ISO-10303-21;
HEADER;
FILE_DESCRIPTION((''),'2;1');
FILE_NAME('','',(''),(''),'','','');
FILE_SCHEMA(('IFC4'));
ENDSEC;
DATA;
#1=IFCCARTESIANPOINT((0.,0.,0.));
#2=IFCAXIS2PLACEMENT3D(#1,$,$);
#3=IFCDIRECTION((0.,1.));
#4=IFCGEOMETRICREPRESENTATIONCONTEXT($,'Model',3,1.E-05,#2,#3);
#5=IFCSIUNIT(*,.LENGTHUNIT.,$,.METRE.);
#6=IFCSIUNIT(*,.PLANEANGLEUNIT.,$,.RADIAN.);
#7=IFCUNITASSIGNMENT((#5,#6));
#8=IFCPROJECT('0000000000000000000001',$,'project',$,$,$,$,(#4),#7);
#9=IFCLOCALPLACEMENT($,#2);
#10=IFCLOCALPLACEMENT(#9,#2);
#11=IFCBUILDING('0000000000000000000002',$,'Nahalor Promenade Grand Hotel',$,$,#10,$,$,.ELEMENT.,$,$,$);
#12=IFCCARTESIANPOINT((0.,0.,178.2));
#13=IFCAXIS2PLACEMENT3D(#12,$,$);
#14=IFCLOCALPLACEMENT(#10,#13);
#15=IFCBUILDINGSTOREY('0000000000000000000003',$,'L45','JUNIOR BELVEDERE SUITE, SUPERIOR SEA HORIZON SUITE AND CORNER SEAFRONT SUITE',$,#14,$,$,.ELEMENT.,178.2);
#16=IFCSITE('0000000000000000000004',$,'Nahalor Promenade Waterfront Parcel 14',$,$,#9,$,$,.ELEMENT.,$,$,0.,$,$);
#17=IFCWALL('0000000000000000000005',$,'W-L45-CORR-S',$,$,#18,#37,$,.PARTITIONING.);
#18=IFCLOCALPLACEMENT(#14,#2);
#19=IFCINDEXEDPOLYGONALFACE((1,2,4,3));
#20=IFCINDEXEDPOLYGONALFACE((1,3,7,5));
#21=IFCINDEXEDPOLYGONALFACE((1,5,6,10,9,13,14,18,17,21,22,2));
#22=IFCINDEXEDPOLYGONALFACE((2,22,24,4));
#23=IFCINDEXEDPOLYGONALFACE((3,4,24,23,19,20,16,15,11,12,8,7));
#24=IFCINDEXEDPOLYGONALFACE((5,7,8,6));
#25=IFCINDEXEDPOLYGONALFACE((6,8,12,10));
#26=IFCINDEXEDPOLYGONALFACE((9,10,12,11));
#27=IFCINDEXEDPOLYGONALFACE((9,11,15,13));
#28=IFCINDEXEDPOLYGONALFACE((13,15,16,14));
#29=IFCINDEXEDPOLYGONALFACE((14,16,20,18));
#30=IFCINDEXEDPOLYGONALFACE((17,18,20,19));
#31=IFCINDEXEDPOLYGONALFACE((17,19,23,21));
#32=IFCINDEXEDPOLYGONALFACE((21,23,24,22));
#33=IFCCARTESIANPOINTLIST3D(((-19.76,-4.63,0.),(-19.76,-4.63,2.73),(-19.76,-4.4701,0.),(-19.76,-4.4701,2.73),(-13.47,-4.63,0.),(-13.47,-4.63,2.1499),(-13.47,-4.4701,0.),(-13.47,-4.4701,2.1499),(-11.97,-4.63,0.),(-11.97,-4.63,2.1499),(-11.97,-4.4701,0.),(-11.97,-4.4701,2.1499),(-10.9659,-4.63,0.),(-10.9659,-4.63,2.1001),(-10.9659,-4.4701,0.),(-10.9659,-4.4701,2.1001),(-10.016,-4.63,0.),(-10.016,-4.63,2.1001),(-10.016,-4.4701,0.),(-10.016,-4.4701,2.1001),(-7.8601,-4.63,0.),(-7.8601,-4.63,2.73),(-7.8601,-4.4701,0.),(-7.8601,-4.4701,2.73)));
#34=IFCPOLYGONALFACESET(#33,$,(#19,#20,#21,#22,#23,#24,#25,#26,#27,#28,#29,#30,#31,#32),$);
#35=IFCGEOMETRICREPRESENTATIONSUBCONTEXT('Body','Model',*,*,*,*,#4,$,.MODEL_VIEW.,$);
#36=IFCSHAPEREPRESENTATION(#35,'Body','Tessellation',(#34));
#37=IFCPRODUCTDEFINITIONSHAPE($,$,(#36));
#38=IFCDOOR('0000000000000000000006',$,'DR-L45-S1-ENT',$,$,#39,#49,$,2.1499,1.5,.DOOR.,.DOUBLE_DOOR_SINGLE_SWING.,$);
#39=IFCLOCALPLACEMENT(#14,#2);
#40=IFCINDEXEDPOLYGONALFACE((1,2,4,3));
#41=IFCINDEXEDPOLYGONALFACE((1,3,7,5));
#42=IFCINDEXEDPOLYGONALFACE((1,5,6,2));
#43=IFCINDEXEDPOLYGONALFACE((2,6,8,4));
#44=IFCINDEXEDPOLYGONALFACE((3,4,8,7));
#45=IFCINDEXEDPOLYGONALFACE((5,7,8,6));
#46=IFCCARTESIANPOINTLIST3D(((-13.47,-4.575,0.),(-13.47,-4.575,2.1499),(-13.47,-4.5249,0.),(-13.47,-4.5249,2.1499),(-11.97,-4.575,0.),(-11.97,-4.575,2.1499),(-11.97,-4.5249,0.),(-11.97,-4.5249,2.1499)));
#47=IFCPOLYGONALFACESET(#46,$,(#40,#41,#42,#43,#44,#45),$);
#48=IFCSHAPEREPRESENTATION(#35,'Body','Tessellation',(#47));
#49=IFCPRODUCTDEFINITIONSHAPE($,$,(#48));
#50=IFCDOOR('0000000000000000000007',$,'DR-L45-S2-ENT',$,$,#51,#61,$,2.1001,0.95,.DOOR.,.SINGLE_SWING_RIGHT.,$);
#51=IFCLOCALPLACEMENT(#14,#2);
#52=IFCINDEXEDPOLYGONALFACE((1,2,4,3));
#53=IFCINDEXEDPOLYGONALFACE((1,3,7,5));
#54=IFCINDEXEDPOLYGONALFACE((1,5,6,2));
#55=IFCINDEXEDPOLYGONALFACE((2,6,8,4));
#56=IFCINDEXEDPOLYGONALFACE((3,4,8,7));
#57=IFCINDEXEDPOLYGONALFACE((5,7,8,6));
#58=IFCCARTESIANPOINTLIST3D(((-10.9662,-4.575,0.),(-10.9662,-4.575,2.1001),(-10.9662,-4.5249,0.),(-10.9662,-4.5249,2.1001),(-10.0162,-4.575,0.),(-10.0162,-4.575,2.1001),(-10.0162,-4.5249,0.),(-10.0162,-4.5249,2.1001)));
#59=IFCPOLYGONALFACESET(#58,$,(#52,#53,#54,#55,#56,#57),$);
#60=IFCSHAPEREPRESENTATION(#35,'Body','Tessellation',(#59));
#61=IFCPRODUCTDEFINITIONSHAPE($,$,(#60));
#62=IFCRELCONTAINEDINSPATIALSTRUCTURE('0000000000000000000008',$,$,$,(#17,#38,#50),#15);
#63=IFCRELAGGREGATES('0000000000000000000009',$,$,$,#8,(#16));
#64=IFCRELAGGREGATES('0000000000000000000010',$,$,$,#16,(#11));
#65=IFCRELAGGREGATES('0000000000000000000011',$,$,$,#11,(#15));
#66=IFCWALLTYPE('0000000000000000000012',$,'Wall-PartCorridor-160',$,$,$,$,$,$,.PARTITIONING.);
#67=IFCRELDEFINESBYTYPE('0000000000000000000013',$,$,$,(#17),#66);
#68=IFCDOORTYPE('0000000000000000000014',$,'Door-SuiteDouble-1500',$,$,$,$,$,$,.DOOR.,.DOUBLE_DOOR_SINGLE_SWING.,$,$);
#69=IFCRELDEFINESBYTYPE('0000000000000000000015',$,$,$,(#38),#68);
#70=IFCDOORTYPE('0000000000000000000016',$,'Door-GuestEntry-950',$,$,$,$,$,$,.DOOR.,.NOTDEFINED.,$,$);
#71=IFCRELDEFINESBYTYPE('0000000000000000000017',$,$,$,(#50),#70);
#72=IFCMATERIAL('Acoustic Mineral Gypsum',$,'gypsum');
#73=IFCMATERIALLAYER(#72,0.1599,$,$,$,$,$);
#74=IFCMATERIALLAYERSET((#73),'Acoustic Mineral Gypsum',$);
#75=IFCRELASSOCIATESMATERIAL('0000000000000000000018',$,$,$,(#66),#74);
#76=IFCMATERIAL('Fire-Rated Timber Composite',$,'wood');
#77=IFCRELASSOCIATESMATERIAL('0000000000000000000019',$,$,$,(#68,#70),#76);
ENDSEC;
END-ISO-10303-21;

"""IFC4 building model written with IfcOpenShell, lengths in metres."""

from ifc_helpers import new_model, si_unit, direction, frame, frame_2d, origin, place, context, subcontext, project, spatial, rectangle, extrude, source, transform, mapped, material, layer, layer_set, type_object, element, fill, save


model = new_model("IFC4")

# Units and contexts
model_context = context("Model", 3, precision=1e-05, world=origin(), true_north=direction((0.0, 1.0)))
body_context = subcontext(model_context, "Body", "Model", "MODEL_VIEW")
ifc_project = project(units=[si_unit("LENGTHUNIT", "METRE"), si_unit("PLANEANGLEUNIT", "RADIAN")], contexts=[model_context])

# Site, building, storey
site_placement = place(None, origin())
site = spatial("IfcSite", under=ifc_project, at=site_placement, Name="Nahalor Promenade Waterfront Parcel 14", CompositionType="ELEMENT", RefElevation=0.0)
building_placement = place(site_placement, origin())
building = spatial("IfcBuilding", under=site, at=building_placement, Name="Nahalor Promenade Grand Hotel", CompositionType="ELEMENT")
storey_placement = place(building_placement, frame((0.0, 0.0, 178.2)))
storey = spatial("IfcBuildingStorey", under=building, at=storey_placement, Name="L45", Description="JUNIOR BELVEDERE SUITE, SUPERIOR SEA HORIZON SUITE AND CORNER SEAFRONT SUITE", CompositionType="ELEMENT", Elevation=178.2)

# Wall, openings, doors
ifc_material_1 = material(Name="Acoustic Mineral Gypsum", Category="gypsum")
ifc_layer_1 = layer(ifc_material_1, 0.1599)
ifc_layer_set_1 = layer_set([ifc_layer_1], Name="Acoustic Mineral Gypsum")
wall_type = type_object("IfcWallType", Name="Wall-PartCorridor-160", PredefinedType="PARTITIONING", material=ifc_layer_set_1)
shared_shape_1 = source(origin(), body_context, "Body", "SweptSolid", [
    extrude(rectangle(XDim=11.8999, YDim=0.1599, at=frame_2d((5.95, 0.0))), origin(), (0.0, 0.0, 1.0), 2.73),
])
wall_placement = place(storey_placement, frame((-19.76, -4.55, 0.0), z_axis=(0.0, 0.0, 1.0), x_axis=(1.0, 0.0, 0.0)))
wall = element("IfcWall", 1, at=wall_placement, inside=storey, type_object=wall_type, Name="W-L45-CORR-S", PredefinedType="PARTITIONING", context=body_context, shape_type="MappedRepresentation", body=[
    mapped(shared_shape_1, transform((0.0, 0.0, 0.0), scale=1.0)),
])
opening_1_placement = place(wall_placement, frame((6.29, 0.0, 0.0)))
opening_1 = element("IfcOpeningElement", 2, at=opening_1_placement, cuts=wall, PredefinedType="OPENING", context=body_context, shape_type="SweptSolid", body=[
    extrude(rectangle(XDim=1.5, YDim=2.1499, at=frame_2d((0.75, 1.075))), frame((0.0, 0.0898, 0.0), z_axis=(0.0, -1.0, 0.0), x_axis=(1.0, 0.0, 0.0)), (0.0, 0.0, 1.0), 0.1799),
])
opening_2_placement = place(wall_placement, frame((8.7939, 0.0, 0.0)))
opening_2 = element("IfcOpeningElement", 3, at=opening_2_placement, cuts=wall, PredefinedType="OPENING", context=body_context, shape_type="SweptSolid", body=[
    extrude(rectangle(XDim=0.95, YDim=2.1001, at=frame_2d((0.4751, 1.05))), frame((0.0, 0.0898, 0.0), z_axis=(0.0, -1.0, 0.0), x_axis=(1.0, 0.0, 0.0)), (0.0, 0.0, 1.0), 0.1799),
])
ifc_material_2 = material(Name="Fire-Rated Timber Composite", Category="wood")
door_type_1 = type_object("IfcDoorType", Name="Door-SuiteDouble-1500", OperationType="DOUBLE_DOOR_SINGLE_SWING", PredefinedType="DOOR", material=ifc_material_2)
shared_shape_2 = source(origin(), body_context, "Body", "SweptSolid", [
    extrude(rectangle(XDim=1.5, YDim=2.1499, at=frame_2d((0.75, 1.075))), frame((0.0, 0.0249, 0.0), z_axis=(0.0, -1.0, 0.0), x_axis=(1.0, 0.0, 0.0)), (0.0, 0.0, 1.0), 0.05),
])
door_1_placement = place(opening_1_placement, frame((1.5, 0.0, 0.0), z_axis=(0.0, 0.0, 1.0), x_axis=(-1.0, 0.0, 0.0)))
door_1 = element("IfcDoor", 4, at=door_1_placement, inside=storey, type_object=door_type_1, Name="DR-L45-S1-ENT", OperationType="DOUBLE_DOOR_SINGLE_SWING", OverallHeight=2.1499, OverallWidth=1.5, PredefinedType="DOOR", context=body_context, shape_type="MappedRepresentation", body=[
    mapped(shared_shape_2, transform((0.0, 0.0, 0.0), scale=1.0)),
])
fill(opening_1, door_1)
door_type_2 = type_object("IfcDoorType", Name="Door-GuestEntry-950", OperationType="NOTDEFINED", PredefinedType="DOOR", material=ifc_material_2)
shared_shape_3 = source(origin(), body_context, "Body", "SweptSolid", [
    extrude(rectangle(XDim=0.95, YDim=2.1001, at=frame_2d((0.4751, 1.05))), frame((0.0, 0.0249, 0.0), z_axis=(0.0, -1.0, 0.0), x_axis=(1.0, 0.0, 0.0)), (0.0, 0.0, 1.0), 0.05),
])
door_2_placement = place(opening_2_placement, frame((0.95, 0.0, 0.0), z_axis=(0.0, 0.0, 1.0), x_axis=(-1.0, 0.0, 0.0)))
door_2 = element("IfcDoor", 5, at=door_2_placement, inside=storey, type_object=door_type_2, Name="DR-L45-S2-ENT", OperationType="SINGLE_SWING_RIGHT", OverallHeight=2.1001, OverallWidth=0.95, PredefinedType="DOOR", context=body_context, shape_type="MappedRepresentation", body=[
    mapped(shared_shape_3, transform((0.0, 0.0, 0.0), scale=1.0)),
])
fill(opening_2, door_2)

save(model, "model.ifc")
